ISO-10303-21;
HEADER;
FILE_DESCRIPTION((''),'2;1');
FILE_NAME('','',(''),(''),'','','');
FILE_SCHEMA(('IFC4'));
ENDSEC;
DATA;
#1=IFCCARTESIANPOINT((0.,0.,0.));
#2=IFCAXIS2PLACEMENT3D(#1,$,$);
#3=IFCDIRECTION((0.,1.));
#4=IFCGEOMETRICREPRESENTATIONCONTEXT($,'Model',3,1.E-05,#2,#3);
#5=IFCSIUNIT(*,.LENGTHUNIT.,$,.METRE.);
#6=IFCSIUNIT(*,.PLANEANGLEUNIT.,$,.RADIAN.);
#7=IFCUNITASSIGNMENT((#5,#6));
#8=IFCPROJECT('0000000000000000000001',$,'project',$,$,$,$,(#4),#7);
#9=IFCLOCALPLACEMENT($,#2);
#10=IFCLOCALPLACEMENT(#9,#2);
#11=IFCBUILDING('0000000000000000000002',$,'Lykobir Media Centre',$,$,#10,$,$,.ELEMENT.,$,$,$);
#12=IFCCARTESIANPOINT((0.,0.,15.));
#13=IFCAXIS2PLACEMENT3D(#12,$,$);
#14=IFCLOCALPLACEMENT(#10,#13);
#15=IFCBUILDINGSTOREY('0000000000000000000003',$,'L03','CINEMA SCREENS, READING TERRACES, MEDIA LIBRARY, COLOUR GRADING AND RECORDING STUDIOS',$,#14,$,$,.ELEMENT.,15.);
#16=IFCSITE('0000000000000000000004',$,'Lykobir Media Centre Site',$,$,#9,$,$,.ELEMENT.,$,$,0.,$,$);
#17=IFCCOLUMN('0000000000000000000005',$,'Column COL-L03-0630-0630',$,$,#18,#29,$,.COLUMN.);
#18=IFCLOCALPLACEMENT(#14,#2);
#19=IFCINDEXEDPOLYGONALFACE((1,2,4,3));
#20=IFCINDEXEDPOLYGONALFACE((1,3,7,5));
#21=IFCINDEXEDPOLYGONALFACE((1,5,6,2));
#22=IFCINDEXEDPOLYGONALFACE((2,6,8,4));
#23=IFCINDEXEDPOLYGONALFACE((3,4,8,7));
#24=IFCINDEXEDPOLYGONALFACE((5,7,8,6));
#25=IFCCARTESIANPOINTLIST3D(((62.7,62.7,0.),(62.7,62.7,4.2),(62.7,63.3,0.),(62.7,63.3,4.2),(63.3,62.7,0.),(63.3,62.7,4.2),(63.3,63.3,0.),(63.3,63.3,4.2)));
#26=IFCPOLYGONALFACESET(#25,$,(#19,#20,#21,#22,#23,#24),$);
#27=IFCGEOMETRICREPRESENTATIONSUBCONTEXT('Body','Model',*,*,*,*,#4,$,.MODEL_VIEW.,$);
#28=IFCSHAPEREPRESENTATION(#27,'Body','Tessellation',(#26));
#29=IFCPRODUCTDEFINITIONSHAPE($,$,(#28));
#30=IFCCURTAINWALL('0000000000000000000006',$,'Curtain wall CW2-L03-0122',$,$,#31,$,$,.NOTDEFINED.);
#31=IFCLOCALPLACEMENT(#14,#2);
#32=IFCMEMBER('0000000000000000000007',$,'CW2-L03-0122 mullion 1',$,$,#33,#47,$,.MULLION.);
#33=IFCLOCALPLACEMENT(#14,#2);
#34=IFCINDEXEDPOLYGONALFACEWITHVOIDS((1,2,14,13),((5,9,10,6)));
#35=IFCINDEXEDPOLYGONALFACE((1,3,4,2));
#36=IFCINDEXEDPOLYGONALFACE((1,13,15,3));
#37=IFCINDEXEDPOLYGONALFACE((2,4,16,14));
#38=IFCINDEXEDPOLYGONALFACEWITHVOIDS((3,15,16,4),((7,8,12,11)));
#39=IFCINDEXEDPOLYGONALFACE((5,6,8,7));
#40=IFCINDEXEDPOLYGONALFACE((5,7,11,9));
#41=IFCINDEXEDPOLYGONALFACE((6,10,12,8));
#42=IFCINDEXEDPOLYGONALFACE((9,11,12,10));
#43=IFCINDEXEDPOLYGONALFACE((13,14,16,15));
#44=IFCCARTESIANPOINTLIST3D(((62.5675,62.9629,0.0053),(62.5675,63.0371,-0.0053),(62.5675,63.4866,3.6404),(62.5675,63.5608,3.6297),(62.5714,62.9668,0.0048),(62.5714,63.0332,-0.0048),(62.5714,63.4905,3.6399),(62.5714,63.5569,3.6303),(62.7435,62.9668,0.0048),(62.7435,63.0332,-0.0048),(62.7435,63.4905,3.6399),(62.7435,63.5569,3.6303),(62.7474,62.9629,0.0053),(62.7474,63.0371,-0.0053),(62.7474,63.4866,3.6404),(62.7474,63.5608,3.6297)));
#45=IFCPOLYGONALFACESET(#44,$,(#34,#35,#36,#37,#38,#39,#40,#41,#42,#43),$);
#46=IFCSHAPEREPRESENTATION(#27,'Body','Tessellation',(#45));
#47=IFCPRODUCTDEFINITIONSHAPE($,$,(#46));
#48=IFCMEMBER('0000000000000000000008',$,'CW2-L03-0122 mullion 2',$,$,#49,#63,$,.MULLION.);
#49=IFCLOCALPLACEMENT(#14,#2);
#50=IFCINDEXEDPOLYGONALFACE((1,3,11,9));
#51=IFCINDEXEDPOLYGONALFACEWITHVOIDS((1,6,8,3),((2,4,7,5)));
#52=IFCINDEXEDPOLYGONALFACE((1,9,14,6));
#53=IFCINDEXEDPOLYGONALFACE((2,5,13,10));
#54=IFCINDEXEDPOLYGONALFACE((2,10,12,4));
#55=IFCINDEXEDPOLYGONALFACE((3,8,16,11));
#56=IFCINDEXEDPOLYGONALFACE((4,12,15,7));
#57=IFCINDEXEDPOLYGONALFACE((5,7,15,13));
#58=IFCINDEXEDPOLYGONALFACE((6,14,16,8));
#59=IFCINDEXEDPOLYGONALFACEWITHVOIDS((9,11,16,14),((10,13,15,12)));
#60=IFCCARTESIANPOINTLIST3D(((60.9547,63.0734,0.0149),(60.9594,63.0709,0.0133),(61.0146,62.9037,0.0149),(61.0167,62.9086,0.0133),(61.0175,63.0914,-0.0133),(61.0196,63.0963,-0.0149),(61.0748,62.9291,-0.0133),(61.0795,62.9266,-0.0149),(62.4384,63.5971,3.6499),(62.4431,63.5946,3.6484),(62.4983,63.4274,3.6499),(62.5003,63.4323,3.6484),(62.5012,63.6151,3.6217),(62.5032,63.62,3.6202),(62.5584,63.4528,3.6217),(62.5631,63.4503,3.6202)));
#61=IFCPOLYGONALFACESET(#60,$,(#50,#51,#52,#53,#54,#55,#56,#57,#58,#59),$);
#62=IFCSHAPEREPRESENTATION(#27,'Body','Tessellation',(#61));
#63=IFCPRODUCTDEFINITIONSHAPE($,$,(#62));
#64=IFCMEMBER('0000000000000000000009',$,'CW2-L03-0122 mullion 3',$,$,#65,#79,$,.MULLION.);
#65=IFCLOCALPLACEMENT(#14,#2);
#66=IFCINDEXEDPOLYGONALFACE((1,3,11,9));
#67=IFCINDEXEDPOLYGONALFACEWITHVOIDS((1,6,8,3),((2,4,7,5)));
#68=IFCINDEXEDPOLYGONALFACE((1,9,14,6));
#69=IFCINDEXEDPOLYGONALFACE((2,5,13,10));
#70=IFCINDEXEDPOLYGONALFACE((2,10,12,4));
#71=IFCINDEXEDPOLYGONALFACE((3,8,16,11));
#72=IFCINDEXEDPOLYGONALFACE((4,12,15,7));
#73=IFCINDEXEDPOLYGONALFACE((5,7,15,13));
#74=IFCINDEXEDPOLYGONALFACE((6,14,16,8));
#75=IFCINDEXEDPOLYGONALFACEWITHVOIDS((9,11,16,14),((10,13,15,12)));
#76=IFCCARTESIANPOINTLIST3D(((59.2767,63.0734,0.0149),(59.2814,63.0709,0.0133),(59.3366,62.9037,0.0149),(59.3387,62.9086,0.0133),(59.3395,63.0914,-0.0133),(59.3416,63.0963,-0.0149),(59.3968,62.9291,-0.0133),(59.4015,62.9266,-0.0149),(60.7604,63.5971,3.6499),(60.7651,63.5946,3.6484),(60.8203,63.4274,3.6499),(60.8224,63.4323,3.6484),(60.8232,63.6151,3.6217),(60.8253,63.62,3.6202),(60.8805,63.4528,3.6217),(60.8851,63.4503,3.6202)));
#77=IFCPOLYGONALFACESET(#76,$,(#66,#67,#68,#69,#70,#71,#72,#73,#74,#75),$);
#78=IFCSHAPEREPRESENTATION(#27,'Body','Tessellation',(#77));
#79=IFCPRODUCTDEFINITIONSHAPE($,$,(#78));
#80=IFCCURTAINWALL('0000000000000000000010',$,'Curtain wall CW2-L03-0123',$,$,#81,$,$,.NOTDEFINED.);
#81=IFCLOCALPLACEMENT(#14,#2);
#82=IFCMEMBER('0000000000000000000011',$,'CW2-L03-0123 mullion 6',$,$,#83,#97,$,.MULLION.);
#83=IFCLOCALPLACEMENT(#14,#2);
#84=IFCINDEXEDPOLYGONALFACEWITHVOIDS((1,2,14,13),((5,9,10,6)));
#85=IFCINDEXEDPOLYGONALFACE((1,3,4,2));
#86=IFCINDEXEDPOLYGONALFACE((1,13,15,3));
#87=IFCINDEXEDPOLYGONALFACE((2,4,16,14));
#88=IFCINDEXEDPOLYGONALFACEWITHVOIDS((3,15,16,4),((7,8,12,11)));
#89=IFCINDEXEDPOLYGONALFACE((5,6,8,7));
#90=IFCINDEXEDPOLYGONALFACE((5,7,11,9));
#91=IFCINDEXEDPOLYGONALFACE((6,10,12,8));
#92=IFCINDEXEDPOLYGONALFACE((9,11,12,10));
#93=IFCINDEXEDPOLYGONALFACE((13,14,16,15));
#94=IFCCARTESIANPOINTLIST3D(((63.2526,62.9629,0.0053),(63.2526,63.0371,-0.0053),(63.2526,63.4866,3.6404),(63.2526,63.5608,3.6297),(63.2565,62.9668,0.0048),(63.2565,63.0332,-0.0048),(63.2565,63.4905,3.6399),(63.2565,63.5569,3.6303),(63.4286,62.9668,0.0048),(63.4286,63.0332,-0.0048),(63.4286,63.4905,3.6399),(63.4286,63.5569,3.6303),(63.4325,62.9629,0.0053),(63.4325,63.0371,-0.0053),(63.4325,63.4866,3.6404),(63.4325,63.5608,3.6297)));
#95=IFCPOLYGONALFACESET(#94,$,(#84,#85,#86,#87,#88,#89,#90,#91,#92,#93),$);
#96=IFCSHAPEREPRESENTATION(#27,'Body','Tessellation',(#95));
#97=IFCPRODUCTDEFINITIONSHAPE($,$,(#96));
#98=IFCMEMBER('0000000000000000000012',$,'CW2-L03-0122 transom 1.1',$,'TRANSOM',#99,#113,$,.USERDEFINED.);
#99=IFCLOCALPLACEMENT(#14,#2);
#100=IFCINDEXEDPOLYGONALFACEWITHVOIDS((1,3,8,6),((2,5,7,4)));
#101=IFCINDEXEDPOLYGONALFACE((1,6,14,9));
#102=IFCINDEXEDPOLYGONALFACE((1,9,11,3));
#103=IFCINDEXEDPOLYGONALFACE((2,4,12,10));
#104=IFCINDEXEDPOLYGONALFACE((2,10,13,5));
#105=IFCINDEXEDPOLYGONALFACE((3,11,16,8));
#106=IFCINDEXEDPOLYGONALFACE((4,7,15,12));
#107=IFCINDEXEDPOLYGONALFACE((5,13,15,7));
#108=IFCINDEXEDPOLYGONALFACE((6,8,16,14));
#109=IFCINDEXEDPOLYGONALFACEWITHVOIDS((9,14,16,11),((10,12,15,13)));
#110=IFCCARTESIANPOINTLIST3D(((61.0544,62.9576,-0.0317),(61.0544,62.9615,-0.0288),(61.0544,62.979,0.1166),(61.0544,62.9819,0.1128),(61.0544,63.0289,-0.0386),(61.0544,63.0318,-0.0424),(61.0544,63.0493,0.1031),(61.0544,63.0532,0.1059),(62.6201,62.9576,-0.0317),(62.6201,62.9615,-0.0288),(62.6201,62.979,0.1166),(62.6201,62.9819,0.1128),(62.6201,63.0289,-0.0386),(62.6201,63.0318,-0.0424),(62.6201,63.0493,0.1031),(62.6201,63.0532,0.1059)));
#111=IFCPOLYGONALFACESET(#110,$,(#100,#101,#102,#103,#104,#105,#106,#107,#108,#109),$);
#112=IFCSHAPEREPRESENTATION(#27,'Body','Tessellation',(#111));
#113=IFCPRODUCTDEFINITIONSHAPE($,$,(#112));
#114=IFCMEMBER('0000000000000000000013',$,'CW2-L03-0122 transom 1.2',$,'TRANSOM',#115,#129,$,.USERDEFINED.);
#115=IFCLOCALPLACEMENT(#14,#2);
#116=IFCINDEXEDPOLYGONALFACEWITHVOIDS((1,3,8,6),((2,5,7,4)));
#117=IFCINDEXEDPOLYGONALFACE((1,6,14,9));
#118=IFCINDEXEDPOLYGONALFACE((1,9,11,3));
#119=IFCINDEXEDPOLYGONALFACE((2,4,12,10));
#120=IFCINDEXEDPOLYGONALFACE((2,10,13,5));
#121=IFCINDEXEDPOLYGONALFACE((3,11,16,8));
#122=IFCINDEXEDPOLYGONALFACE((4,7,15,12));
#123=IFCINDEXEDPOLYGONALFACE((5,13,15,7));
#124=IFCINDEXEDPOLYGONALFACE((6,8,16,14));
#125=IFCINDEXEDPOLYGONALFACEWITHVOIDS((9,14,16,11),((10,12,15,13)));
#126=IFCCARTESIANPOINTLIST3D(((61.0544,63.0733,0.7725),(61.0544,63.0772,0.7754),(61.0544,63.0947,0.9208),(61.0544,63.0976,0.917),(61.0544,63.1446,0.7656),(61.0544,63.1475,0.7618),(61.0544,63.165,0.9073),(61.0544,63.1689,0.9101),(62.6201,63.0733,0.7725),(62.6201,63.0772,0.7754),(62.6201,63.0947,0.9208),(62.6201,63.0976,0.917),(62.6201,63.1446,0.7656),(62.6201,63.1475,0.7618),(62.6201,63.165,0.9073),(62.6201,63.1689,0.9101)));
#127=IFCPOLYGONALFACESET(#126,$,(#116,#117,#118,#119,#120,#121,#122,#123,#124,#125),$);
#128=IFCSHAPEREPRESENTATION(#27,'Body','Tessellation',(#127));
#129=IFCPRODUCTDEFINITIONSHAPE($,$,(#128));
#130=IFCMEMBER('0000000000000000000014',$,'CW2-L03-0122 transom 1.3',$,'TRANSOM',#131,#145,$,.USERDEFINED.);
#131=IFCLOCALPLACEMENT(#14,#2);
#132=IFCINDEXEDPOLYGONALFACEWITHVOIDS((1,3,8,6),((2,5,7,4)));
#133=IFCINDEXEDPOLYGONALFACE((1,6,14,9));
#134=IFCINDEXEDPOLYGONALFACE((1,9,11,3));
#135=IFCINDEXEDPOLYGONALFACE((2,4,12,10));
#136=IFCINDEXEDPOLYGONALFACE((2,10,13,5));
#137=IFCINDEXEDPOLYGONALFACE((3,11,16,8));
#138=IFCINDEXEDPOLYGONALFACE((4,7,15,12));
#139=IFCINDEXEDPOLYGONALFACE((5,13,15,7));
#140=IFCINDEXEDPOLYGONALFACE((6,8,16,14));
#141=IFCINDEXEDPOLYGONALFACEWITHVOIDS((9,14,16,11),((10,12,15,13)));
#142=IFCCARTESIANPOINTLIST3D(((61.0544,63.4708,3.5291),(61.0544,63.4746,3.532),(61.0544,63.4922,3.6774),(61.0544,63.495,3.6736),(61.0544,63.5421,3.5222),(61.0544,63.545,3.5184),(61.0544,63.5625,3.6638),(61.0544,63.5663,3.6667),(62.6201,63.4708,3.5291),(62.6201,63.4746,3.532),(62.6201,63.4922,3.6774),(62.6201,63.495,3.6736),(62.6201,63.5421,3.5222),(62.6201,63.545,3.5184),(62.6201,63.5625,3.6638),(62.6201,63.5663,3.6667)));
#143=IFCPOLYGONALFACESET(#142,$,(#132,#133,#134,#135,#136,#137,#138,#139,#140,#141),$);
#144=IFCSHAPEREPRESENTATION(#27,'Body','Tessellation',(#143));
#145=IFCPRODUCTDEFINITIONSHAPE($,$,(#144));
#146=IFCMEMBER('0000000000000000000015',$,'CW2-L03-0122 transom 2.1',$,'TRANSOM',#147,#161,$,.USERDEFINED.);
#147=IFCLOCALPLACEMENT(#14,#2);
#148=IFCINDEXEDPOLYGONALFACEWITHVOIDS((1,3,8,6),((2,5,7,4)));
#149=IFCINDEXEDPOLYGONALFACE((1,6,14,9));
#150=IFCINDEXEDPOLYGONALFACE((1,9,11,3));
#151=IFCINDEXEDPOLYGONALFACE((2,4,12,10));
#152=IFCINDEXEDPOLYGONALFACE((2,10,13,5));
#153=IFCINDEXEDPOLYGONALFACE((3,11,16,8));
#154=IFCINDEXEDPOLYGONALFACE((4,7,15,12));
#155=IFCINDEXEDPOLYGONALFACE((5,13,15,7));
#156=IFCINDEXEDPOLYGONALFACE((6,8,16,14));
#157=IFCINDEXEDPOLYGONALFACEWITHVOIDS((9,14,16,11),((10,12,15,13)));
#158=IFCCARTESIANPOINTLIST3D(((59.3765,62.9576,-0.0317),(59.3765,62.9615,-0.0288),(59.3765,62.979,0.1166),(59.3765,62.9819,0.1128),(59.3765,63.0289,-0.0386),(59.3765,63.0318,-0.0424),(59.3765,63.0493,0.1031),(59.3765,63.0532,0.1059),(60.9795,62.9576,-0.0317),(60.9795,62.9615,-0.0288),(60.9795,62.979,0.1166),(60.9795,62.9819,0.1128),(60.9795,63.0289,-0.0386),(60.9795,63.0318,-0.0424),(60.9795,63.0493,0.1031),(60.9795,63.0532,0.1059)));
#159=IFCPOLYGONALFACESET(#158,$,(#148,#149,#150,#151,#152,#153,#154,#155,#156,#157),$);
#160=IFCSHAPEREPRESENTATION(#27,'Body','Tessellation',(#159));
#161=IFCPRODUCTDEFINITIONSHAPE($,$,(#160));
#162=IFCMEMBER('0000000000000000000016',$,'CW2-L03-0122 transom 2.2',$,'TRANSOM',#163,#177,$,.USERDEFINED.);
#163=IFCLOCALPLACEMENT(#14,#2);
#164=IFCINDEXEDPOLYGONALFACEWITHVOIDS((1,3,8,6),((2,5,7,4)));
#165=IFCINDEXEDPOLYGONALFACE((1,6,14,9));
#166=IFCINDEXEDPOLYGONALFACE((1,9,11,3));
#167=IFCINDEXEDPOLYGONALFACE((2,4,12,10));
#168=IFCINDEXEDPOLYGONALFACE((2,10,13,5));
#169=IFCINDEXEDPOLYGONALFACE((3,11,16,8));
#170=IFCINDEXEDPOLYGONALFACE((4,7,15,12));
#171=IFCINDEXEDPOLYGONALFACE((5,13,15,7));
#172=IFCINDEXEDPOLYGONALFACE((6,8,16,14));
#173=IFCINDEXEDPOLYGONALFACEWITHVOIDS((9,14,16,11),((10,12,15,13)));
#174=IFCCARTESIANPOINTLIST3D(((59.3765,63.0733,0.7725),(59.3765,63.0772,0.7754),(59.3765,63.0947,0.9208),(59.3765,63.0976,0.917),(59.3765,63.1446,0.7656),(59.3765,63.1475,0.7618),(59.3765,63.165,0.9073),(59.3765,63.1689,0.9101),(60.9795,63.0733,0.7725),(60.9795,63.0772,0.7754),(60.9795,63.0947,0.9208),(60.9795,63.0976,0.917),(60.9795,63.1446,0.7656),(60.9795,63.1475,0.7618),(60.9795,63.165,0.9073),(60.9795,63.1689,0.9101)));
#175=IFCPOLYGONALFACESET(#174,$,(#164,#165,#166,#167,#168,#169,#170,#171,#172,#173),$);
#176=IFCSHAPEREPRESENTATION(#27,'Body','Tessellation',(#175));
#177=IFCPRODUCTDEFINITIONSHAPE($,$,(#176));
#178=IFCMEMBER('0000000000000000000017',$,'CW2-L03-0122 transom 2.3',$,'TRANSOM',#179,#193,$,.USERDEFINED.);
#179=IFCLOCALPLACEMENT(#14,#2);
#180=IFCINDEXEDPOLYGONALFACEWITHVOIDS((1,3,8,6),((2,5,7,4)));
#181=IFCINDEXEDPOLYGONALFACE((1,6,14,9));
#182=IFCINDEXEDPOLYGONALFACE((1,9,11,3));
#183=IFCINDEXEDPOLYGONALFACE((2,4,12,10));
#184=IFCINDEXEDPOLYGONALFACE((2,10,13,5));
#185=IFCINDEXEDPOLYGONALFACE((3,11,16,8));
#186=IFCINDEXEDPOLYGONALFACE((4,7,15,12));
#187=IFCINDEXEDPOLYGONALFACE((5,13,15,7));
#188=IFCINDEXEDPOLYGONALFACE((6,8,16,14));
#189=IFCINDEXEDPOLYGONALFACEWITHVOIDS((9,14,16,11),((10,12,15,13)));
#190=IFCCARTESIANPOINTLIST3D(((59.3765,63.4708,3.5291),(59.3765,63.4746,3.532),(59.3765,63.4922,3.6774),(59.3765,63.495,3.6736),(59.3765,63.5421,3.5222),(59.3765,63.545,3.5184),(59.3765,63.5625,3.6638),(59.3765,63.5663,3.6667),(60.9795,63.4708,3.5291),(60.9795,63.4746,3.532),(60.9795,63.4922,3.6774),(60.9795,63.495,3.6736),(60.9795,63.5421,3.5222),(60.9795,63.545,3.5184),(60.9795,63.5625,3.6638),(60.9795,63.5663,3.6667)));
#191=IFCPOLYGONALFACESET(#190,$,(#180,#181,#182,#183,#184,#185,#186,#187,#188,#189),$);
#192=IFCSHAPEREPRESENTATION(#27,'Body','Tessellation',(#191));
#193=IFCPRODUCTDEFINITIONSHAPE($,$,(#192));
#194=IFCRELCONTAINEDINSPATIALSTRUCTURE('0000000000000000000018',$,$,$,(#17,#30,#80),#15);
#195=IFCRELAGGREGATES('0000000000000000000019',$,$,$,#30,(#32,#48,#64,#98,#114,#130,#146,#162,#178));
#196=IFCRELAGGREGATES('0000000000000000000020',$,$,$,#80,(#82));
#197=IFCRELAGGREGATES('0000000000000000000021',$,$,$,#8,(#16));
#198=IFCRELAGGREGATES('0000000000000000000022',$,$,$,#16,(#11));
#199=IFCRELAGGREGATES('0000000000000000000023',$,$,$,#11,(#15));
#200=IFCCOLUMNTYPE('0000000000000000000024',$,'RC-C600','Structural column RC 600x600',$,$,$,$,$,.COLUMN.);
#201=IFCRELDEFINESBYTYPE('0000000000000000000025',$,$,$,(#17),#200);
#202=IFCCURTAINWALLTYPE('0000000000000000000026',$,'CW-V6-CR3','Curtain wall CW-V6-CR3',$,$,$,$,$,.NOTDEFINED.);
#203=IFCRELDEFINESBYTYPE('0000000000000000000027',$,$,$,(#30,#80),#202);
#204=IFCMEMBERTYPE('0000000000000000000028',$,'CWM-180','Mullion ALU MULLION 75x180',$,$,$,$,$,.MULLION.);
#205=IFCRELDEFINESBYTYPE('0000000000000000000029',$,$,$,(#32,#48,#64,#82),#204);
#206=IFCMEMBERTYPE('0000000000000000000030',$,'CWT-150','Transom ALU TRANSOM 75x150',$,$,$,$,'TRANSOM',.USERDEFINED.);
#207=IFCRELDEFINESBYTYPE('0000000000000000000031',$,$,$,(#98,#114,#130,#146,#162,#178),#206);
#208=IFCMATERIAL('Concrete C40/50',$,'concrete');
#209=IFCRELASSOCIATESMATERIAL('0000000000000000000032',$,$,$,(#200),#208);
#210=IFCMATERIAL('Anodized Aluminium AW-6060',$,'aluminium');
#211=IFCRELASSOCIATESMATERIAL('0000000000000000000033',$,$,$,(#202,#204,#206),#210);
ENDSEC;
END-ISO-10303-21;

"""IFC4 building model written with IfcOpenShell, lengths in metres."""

from ifc_helpers import new_model, si_unit, direction, frame, origin, origin_2d, place, context, subcontext, project, spatial, rectangle, hollow_rectangle, extrude, material, material_profile, profile_set, type_object, element, aggregate, save


model = new_model("IFC4")

# Units and contexts
model_context = context("Model", 3, precision=1e-05, world=origin(), true_north=direction((0.0, 1.0)))
body_context = subcontext(model_context, "Body", "Model", "MODEL_VIEW")
ifc_project = project(units=[si_unit("LENGTHUNIT", "METRE"), si_unit("PLANEANGLEUNIT", "RADIAN")], contexts=[model_context])

# Site, building, storey
site_placement = place(None, origin())
site = spatial("IfcSite", under=ifc_project, at=site_placement, Name="Lykobir Media Centre Site", CompositionType="ELEMENT", RefElevation=0.0)
building_placement = place(site_placement, origin())
building = spatial("IfcBuilding", under=site, at=building_placement, Name="Lykobir Media Centre", CompositionType="ELEMENT")
storey_placement = place(building_placement, frame((0.0, 0.0, 15.0)))
storey = spatial("IfcBuildingStorey", under=building, at=storey_placement, Name="L03", Description="CINEMA SCREENS, READING TERRACES, MEDIA LIBRARY, COLOUR GRADING AND RECORDING STUDIOS", CompositionType="ELEMENT", Elevation=15.0)

# Column
ifc_material_1 = material(Name="Concrete C40/50", Category="concrete")
ifc_material_profile_1 = material_profile(ifc_material_1, rectangle(XDim=0.6001, YDim=0.6001, at=origin_2d()), Name="RC 600x600")
ifc_profile_set_1 = profile_set([ifc_material_profile_1], Name="Concrete C40/50")
column_type = type_object("IfcColumnType", Name="RC-C600", Description="Structural column RC 600x600", PredefinedType="COLUMN", material=ifc_profile_set_1)
column_placement = place(storey_placement, frame((63.0, 63.0, 0.0), z_axis=(0.0, 0.0, 1.0), x_axis=(1.0, 0.0, 0.0)))
element("IfcColumn", 1, at=column_placement, inside=storey, type_object=column_type, Name="Column COL-L03-0630-0630", PredefinedType="COLUMN", context=body_context, shape_type="SweptSolid", body=[
    extrude(rectangle(XDim=0.6001, YDim=0.6001, at=origin_2d()), origin(), (0.0, 0.0, 1.0), 4.2),
])

# Curtain wall, members
ifc_material_2 = material(Name="Anodized Aluminium AW-6060", Category="aluminium")
curtain_wall_type = type_object("IfcCurtainWallType", Name="CW-V6-CR3", Description="Curtain wall CW-V6-CR3", PredefinedType="NOTDEFINED", material=ifc_material_2)
curtain_wall_1_placement = place(storey_placement, origin())
curtain_wall_1 = element("IfcCurtainWall", 2, at=curtain_wall_1_placement, inside=storey, type_object=curtain_wall_type, Name="Curtain wall CW2-L03-0122", PredefinedType="NOTDEFINED")
ifc_material_profile_2 = material_profile(ifc_material_2, hollow_rectangle(XDim=0.075, YDim=0.1799, WallThickness=0.0039, at=origin_2d()), Name="ALU MULLION 75x180")
ifc_profile_set_2 = profile_set([ifc_material_profile_2], Name="Anodized Aluminium AW-6060")
member_type_1 = type_object("IfcMemberType", Name="CWM-180", Description="Mullion ALU MULLION 75x180", PredefinedType="MULLION", material=ifc_profile_set_2)
member_1_placement = place(storey_placement, frame((62.6575, 63.0, 0.0), z_axis=(0.0, 0.142594, 0.989781), x_axis=(0.0, 0.989781, -0.142594)))
member_1 = element("IfcMember", 3, at=member_1_placement, type_object=member_type_1, Name="CW2-L03-0122 mullion 1", PredefinedType="MULLION", context=body_context, shape_type="SweptSolid", body=[
    extrude(hollow_rectangle(XDim=0.075, YDim=0.1799, WallThickness=0.0039, at=origin_2d()), origin(), (0.0, 0.0, 1.0), 3.6726),
])
member_2_placement = place(storey_placement, frame((61.0171, 63.0, 0.0), z_axis=(0.374572, 0.132213, 0.917723), x_axis=(0.865396, 0.305459, -0.397221)))
member_2 = element("IfcMember", 4, at=member_2_placement, type_object=member_type_1, Name="CW2-L03-0122 mullion 2", PredefinedType="MULLION", context=body_context, shape_type="SweptSolid", body=[
    extrude(hollow_rectangle(XDim=0.075, YDim=0.1799, WallThickness=0.0039, at=origin_2d()), origin(), (0.0, 0.0, 1.0), 3.9609),
])
member_3_placement = place(storey_placement, frame((59.3391, 63.0, 0.0), z_axis=(0.374572, 0.132213, 0.917723), x_axis=(0.865396, 0.305459, -0.397221)))
member_3 = element("IfcMember", 5, at=member_3_placement, type_object=member_type_1, Name="CW2-L03-0122 mullion 3", PredefinedType="MULLION", context=body_context, shape_type="SweptSolid", body=[
    extrude(hollow_rectangle(XDim=0.075, YDim=0.1799, WallThickness=0.0039, at=origin_2d()), origin(), (0.0, 0.0, 1.0), 3.9609),
])

# Curtain wall, member
curtain_wall_2_placement = place(storey_placement, origin())
curtain_wall_2 = element("IfcCurtainWall", 6, at=curtain_wall_2_placement, inside=storey, type_object=curtain_wall_type, Name="Curtain wall CW2-L03-0123", PredefinedType="NOTDEFINED")
member_4_placement = place(storey_placement, frame((63.3425, 63.0, 0.0), z_axis=(0.0, 0.142594, 0.989781), x_axis=(0.0, 0.989781, -0.142594)))
member_4 = element("IfcMember", 7, at=member_4_placement, type_object=member_type_1, Name="CW2-L03-0123 mullion 6", PredefinedType="MULLION", context=body_context, shape_type="SweptSolid", body=[
    extrude(hollow_rectangle(XDim=0.075, YDim=0.1799, WallThickness=0.0039, at=origin_2d()), origin(), (0.0, 0.0, 1.0), 3.6726),
])

# Members
ifc_material_profile_3 = material_profile(ifc_material_2, hollow_rectangle(XDim=0.075, YDim=0.1499, WallThickness=0.0034, at=origin_2d()), Name="ALU TRANSOM 75x150")
ifc_profile_set_3 = profile_set([ifc_material_profile_3], Name="Anodized Aluminium AW-6060")
member_type_2 = type_object("IfcMemberType", Name="CWT-150", Description="Transom ALU TRANSOM 75x150", ElementType="TRANSOM", PredefinedType="USERDEFINED", material=ifc_profile_set_3)
member_5_placement = place(storey_placement, frame((62.6201, 63.0054, 0.0371), z_axis=(-1.0, 0.0, 0.0), x_axis=(0.0, -0.989776, 0.142629)))
member_5 = element("IfcMember", 8, at=member_5_placement, type_object=member_type_2, Name="CW2-L03-0122 transom 1.1", ObjectType="TRANSOM", PredefinedType="USERDEFINED", context=body_context, shape_type="SweptSolid", body=[
    extrude(hollow_rectangle(XDim=0.075, YDim=0.1499, WallThickness=0.0034, at=origin_2d()), origin(), (0.0, 0.0, 1.0), 1.5657),
])
member_6_placement = place(storey_placement, frame((62.6201, 63.1211, 0.8413), z_axis=(-1.0, 0.0, 0.0), x_axis=(0.0, -0.989776, 0.142629)))
member_6 = element("IfcMember", 9, at=member_6_placement, type_object=member_type_2, Name="CW2-L03-0122 transom 1.2", ObjectType="TRANSOM", PredefinedType="USERDEFINED", context=body_context, shape_type="SweptSolid", body=[
    extrude(hollow_rectangle(XDim=0.075, YDim=0.1499, WallThickness=0.0034, at=origin_2d()), origin(), (0.0, 0.0, 1.0), 1.5657),
])
member_7_placement = place(storey_placement, frame((62.6201, 63.5186, 3.5979), z_axis=(-1.0, 0.0, 0.0), x_axis=(0.0, -0.989776, 0.142629)))
member_7 = element("IfcMember", 10, at=member_7_placement, type_object=member_type_2, Name="CW2-L03-0122 transom 1.3", ObjectType="TRANSOM", PredefinedType="USERDEFINED", context=body_context, shape_type="SweptSolid", body=[
    extrude(hollow_rectangle(XDim=0.075, YDim=0.1499, WallThickness=0.0034, at=origin_2d()), origin(), (0.0, 0.0, 1.0), 1.5657),
])
member_8_placement = place(storey_placement, frame((60.9795, 63.0054, 0.0371), z_axis=(-1.0, 0.0, 0.0), x_axis=(0.0, -0.989776, 0.142629)))
member_8 = element("IfcMember", 11, at=member_8_placement, type_object=member_type_2, Name="CW2-L03-0122 transom 2.1", ObjectType="TRANSOM", PredefinedType="USERDEFINED", context=body_context, shape_type="SweptSolid", body=[
    extrude(hollow_rectangle(XDim=0.075, YDim=0.1499, WallThickness=0.0034, at=origin_2d()), origin(), (0.0, 0.0, 1.0), 1.603),
])
member_9_placement = place(storey_placement, frame((60.9795, 63.1211, 0.8413), z_axis=(-1.0, 0.0, 0.0), x_axis=(0.0, -0.989776, 0.142629)))
member_9 = element("IfcMember", 12, at=member_9_placement, type_object=member_type_2, Name="CW2-L03-0122 transom 2.2", ObjectType="TRANSOM", PredefinedType="USERDEFINED", context=body_context, shape_type="SweptSolid", body=[
    extrude(hollow_rectangle(XDim=0.075, YDim=0.1499, WallThickness=0.0034, at=origin_2d()), origin(), (0.0, 0.0, 1.0), 1.603),
])
member_10_placement = place(storey_placement, frame((60.9795, 63.5186, 3.5979), z_axis=(-1.0, 0.0, 0.0), x_axis=(0.0, -0.989776, 0.142629)))
member_10 = element("IfcMember", 13, at=member_10_placement, type_object=member_type_2, Name="CW2-L03-0122 transom 2.3", ObjectType="TRANSOM", PredefinedType="USERDEFINED", context=body_context, shape_type="SweptSolid", body=[
    extrude(hollow_rectangle(XDim=0.075, YDim=0.1499, WallThickness=0.0034, at=origin_2d()), origin(), (0.0, 0.0, 1.0), 1.603),
])

aggregate(curtain_wall_1, [member_1, member_2, member_3, member_5, member_6, member_7, member_8, member_9, member_10])
aggregate(curtain_wall_2, [member_4])

save(model, "model.ifc")
